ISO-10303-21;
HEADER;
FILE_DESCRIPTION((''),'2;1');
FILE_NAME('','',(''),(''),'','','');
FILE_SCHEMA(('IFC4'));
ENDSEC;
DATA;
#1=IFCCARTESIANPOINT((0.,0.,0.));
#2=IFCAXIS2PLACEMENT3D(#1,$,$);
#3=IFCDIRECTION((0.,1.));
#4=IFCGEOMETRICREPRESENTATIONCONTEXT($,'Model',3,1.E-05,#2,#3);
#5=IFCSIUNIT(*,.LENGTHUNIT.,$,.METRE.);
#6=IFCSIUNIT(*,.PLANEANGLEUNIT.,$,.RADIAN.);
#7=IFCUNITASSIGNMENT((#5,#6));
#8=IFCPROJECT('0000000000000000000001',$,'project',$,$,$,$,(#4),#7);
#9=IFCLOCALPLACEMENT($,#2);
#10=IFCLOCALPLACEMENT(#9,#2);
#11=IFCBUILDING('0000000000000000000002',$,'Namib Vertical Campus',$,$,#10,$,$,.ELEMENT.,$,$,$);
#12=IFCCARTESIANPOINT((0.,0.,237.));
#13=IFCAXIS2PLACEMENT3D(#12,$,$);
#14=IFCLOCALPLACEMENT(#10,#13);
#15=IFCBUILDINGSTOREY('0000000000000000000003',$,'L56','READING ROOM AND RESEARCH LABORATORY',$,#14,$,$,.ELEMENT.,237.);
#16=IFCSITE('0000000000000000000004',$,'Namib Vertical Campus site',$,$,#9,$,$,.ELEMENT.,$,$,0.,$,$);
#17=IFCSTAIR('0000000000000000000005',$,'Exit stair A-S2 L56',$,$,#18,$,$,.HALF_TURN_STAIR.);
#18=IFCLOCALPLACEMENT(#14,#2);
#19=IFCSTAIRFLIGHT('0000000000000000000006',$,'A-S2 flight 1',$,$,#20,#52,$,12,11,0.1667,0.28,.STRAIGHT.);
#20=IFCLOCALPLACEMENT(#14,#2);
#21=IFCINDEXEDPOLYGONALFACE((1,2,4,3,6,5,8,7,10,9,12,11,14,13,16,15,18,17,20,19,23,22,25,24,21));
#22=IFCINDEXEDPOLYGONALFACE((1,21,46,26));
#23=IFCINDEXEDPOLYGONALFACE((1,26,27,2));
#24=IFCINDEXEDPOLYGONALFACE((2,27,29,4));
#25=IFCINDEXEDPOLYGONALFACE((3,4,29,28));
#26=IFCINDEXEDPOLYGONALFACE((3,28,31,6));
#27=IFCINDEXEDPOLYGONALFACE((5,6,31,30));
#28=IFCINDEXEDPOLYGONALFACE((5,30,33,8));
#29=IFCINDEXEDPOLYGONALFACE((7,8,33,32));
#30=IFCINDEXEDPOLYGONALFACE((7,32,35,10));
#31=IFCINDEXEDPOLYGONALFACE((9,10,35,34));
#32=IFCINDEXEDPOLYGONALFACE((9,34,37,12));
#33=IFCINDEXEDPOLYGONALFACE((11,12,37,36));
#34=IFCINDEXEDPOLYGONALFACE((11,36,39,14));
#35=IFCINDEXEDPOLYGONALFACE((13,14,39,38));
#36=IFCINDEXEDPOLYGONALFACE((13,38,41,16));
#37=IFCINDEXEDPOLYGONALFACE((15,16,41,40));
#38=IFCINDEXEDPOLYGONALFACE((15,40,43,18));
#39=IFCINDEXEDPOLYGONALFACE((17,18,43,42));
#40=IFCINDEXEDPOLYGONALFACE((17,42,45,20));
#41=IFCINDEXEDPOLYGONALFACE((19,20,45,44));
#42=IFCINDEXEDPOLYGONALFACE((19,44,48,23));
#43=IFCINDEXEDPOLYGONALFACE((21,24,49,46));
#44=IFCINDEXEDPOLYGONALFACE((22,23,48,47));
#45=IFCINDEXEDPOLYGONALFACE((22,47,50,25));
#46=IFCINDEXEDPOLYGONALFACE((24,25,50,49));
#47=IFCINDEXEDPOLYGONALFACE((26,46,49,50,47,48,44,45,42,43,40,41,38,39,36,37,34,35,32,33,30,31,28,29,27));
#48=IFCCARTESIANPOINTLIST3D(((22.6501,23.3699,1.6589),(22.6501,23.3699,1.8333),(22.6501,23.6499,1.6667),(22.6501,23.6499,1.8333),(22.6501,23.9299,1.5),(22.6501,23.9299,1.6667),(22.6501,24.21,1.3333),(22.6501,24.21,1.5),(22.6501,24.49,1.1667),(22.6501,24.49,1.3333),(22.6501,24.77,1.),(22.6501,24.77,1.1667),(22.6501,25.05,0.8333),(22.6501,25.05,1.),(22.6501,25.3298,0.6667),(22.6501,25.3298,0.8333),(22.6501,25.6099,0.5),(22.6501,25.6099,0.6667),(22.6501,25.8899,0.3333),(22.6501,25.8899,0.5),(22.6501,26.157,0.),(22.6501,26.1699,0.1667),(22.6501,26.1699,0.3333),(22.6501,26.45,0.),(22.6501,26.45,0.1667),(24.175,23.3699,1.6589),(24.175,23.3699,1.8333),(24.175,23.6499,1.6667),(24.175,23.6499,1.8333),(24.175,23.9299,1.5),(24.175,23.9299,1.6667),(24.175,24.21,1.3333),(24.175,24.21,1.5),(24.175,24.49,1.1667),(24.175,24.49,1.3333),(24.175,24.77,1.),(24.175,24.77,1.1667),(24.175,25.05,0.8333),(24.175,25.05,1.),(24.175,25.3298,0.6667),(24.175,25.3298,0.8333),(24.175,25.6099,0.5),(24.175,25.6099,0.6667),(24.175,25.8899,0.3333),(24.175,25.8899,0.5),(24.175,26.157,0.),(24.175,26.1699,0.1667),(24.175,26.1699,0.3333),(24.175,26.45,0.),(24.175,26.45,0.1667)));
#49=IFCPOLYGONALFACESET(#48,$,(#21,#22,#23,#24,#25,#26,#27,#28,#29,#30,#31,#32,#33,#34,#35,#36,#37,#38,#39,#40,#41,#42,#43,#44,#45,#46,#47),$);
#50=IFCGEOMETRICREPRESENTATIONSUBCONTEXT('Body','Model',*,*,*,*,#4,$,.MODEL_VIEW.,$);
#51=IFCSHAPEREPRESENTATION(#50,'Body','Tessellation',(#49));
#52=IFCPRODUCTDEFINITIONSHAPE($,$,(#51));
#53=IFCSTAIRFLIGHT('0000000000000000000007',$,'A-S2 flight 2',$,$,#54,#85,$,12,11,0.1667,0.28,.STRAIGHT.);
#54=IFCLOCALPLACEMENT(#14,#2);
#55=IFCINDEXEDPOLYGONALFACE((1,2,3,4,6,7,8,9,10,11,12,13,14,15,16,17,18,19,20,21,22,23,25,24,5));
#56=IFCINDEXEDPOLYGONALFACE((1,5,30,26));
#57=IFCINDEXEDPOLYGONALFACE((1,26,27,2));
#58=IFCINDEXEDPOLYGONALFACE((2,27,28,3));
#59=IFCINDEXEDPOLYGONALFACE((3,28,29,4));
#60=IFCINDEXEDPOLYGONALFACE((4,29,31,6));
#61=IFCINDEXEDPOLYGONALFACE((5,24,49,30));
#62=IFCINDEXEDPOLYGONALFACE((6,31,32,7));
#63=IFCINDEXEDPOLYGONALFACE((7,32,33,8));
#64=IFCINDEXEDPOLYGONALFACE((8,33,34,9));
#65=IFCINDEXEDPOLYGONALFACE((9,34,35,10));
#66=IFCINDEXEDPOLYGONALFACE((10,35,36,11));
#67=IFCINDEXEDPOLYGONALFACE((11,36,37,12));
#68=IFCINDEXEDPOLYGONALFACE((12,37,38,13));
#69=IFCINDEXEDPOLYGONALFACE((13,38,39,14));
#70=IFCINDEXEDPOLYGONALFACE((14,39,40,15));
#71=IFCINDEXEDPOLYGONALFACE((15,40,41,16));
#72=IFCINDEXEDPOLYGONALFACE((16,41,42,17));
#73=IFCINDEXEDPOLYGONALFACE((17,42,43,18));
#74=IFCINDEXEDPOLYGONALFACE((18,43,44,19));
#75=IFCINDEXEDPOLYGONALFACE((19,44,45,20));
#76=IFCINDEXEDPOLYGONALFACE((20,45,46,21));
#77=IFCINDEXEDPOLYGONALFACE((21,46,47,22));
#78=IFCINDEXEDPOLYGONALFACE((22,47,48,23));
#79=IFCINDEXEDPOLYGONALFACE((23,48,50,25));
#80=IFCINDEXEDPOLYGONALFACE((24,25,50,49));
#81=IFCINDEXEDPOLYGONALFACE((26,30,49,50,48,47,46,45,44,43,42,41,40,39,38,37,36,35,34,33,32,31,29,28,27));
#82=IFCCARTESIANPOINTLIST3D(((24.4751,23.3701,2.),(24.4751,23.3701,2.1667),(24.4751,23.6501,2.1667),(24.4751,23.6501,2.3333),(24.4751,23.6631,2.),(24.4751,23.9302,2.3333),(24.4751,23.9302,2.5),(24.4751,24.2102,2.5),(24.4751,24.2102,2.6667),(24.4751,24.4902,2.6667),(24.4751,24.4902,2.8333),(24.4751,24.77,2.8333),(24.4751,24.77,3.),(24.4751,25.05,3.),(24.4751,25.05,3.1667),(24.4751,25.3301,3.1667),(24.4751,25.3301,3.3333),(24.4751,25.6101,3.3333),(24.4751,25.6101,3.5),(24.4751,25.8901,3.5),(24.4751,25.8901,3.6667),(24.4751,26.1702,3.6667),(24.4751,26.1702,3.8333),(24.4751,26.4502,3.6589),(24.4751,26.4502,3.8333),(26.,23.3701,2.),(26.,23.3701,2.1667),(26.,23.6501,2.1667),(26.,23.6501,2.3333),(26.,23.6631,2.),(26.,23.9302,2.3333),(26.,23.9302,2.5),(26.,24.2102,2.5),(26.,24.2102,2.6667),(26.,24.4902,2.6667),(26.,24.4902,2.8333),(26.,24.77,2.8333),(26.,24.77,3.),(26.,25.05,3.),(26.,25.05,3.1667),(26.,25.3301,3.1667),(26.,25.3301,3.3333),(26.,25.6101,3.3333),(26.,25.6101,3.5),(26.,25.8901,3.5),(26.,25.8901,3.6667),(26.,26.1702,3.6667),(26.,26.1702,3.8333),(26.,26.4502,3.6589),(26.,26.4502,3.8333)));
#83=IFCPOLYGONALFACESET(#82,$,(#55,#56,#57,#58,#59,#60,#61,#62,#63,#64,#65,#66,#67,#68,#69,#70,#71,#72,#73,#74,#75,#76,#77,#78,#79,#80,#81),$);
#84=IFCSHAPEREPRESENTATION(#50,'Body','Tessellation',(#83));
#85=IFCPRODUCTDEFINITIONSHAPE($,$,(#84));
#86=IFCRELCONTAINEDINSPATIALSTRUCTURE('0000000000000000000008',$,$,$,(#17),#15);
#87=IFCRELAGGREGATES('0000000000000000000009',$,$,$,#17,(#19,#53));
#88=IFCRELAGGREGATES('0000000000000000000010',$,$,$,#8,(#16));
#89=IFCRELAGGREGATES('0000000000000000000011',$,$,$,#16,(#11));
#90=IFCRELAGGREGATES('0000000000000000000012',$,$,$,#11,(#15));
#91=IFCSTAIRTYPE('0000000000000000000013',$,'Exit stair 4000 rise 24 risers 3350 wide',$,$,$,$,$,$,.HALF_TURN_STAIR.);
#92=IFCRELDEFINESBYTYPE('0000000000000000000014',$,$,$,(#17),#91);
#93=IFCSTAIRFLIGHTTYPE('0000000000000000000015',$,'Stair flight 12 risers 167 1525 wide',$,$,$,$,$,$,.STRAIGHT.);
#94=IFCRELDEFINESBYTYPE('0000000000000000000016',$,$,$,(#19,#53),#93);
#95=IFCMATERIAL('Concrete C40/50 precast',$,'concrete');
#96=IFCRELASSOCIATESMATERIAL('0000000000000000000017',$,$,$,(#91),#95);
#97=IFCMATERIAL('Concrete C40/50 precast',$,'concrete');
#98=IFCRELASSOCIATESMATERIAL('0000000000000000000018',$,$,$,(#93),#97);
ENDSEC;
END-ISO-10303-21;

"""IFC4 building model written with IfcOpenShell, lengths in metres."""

from ifc_helpers import new_model, si_unit, direction, frame, origin, place, context, subcontext, project, spatial, polyline, outline, extrude, material, type_object, element, aggregate, save


model = new_model("IFC4")

# Units and contexts
model_context = context("Model", 3, precision=1e-05, world=origin(), true_north=direction((0.0, 1.0)))
body_context = subcontext(model_context, "Body", "Model", "MODEL_VIEW")
ifc_project = project(units=[si_unit("LENGTHUNIT", "METRE"), si_unit("PLANEANGLEUNIT", "RADIAN")], contexts=[model_context])

# Site, building, storey
site_placement = place(None, origin())
site = spatial("IfcSite", under=ifc_project, at=site_placement, Name="Namib Vertical Campus site", CompositionType="ELEMENT", RefElevation=0.0)
building_placement = place(site_placement, origin())
building = spatial("IfcBuilding", under=site, at=building_placement, Name="Namib Vertical Campus", CompositionType="ELEMENT")
storey_placement = place(building_placement, frame((0.0, 0.0, 237.0)))
storey = spatial("IfcBuildingStorey", under=building, at=storey_placement, Name="L56", Description="READING ROOM AND RESEARCH LABORATORY", CompositionType="ELEMENT", Elevation=237.0)

# Stair, stair flights
ifc_material_1 = material(Name="Concrete C40/50 precast", Category="concrete")
stair_type = type_object("IfcStairType", Name="Exit stair 4000 rise 24 risers 3350 wide", PredefinedType="HALF_TURN_STAIR", material=ifc_material_1)
stair_placement = place(storey_placement, origin())
stair = element("IfcStair", 1, at=stair_placement, inside=storey, type_object=stair_type, Name="Exit stair A-S2 L56", PredefinedType="HALF_TURN_STAIR")
ifc_material_2 = material(Name="Concrete C40/50 precast", Category="concrete")
stair_flight_type = type_object("IfcStairFlightType", Name="Stair flight 12 risers 167 1525 wide", PredefinedType="STRAIGHT", material=ifc_material_2)
stair_flight_1_placement = place(storey_placement, frame((23.4126, 26.45, 0.0), z_axis=(0.0, 0.0, 1.0), x_axis=(0.0, -1.0, 0.0)))
stair_flight_1 = element("IfcStairFlight", 2, at=stair_flight_1_placement, type_object=stair_flight_type, Name="A-S2 flight 1", NumberOfRisers=12, NumberOfTreads=11, PredefinedType="STRAIGHT", RiserHeight=0.1667, TreadLength=0.28, context=body_context, shape_type="SweptSolid", body=[
    extrude(outline(polyline([(0.0, 0.0), (0.0, 0.1667), (0.28, 0.1667), (0.28, 0.3333), (0.5601, 0.3333), (0.5601, 0.5), (0.8401, 0.5), (0.8401, 0.6667), (1.1201, 0.6667), (1.1201, 0.8333), (1.3999, 0.8333), (1.3999, 1.0), (1.6799, 1.0), (1.6799, 1.1667), (1.96, 1.1667), (1.96, 1.3333), (2.24, 1.3333), (2.24, 1.5), (2.52, 1.5), (2.52, 1.6667), (2.8, 1.6667), (2.8, 1.8333), (3.0801, 1.8333), (3.0801, 2.0), (3.0801, 1.6589), (0.293, 0.0), (0.0, 0.0)])), frame((0.0, 0.7625, 0.0), z_axis=(0.0, -1.0, 0.0), x_axis=(1.0, 0.0, 0.0)), (0.0, 0.0, 1.0), 1.5249),
])
stair_flight_2_placement = place(storey_placement, frame((25.2375, 23.3701, 2.0), z_axis=(0.0, 0.0, 1.0), x_axis=(0.0, 1.0, 0.0)))
stair_flight_2 = element("IfcStairFlight", 3, at=stair_flight_2_placement, type_object=stair_flight_type, Name="A-S2 flight 2", NumberOfRisers=12, NumberOfTreads=11, PredefinedType="STRAIGHT", RiserHeight=0.1667, TreadLength=0.28, context=body_context, shape_type="SweptSolid", body=[
    extrude(outline(polyline([(0.0, 0.0), (0.0, 0.1667), (0.28, 0.1667), (0.28, 0.3333), (0.5601, 0.3333), (0.5601, 0.5), (0.8401, 0.5), (0.8401, 0.6667), (1.1201, 0.6667), (1.1201, 0.8333), (1.3999, 0.8333), (1.3999, 1.0), (1.6799, 1.0), (1.6799, 1.1667), (1.96, 1.1667), (1.96, 1.3333), (2.24, 1.3333), (2.24, 1.5), (2.52, 1.5), (2.52, 1.6667), (2.8, 1.6667), (2.8, 1.8333), (3.0801, 1.8333), (3.0801, 2.0), (3.0801, 1.6589), (0.293, 0.0), (0.0, 0.0)])), frame((0.0, 0.7625, 0.0), z_axis=(0.0, -1.0, 0.0), x_axis=(1.0, 0.0, 0.0)), (0.0, 0.0, 1.0), 1.5249),
])
aggregate(stair, [stair_flight_1, stair_flight_2])

save(model, "model.ifc")
